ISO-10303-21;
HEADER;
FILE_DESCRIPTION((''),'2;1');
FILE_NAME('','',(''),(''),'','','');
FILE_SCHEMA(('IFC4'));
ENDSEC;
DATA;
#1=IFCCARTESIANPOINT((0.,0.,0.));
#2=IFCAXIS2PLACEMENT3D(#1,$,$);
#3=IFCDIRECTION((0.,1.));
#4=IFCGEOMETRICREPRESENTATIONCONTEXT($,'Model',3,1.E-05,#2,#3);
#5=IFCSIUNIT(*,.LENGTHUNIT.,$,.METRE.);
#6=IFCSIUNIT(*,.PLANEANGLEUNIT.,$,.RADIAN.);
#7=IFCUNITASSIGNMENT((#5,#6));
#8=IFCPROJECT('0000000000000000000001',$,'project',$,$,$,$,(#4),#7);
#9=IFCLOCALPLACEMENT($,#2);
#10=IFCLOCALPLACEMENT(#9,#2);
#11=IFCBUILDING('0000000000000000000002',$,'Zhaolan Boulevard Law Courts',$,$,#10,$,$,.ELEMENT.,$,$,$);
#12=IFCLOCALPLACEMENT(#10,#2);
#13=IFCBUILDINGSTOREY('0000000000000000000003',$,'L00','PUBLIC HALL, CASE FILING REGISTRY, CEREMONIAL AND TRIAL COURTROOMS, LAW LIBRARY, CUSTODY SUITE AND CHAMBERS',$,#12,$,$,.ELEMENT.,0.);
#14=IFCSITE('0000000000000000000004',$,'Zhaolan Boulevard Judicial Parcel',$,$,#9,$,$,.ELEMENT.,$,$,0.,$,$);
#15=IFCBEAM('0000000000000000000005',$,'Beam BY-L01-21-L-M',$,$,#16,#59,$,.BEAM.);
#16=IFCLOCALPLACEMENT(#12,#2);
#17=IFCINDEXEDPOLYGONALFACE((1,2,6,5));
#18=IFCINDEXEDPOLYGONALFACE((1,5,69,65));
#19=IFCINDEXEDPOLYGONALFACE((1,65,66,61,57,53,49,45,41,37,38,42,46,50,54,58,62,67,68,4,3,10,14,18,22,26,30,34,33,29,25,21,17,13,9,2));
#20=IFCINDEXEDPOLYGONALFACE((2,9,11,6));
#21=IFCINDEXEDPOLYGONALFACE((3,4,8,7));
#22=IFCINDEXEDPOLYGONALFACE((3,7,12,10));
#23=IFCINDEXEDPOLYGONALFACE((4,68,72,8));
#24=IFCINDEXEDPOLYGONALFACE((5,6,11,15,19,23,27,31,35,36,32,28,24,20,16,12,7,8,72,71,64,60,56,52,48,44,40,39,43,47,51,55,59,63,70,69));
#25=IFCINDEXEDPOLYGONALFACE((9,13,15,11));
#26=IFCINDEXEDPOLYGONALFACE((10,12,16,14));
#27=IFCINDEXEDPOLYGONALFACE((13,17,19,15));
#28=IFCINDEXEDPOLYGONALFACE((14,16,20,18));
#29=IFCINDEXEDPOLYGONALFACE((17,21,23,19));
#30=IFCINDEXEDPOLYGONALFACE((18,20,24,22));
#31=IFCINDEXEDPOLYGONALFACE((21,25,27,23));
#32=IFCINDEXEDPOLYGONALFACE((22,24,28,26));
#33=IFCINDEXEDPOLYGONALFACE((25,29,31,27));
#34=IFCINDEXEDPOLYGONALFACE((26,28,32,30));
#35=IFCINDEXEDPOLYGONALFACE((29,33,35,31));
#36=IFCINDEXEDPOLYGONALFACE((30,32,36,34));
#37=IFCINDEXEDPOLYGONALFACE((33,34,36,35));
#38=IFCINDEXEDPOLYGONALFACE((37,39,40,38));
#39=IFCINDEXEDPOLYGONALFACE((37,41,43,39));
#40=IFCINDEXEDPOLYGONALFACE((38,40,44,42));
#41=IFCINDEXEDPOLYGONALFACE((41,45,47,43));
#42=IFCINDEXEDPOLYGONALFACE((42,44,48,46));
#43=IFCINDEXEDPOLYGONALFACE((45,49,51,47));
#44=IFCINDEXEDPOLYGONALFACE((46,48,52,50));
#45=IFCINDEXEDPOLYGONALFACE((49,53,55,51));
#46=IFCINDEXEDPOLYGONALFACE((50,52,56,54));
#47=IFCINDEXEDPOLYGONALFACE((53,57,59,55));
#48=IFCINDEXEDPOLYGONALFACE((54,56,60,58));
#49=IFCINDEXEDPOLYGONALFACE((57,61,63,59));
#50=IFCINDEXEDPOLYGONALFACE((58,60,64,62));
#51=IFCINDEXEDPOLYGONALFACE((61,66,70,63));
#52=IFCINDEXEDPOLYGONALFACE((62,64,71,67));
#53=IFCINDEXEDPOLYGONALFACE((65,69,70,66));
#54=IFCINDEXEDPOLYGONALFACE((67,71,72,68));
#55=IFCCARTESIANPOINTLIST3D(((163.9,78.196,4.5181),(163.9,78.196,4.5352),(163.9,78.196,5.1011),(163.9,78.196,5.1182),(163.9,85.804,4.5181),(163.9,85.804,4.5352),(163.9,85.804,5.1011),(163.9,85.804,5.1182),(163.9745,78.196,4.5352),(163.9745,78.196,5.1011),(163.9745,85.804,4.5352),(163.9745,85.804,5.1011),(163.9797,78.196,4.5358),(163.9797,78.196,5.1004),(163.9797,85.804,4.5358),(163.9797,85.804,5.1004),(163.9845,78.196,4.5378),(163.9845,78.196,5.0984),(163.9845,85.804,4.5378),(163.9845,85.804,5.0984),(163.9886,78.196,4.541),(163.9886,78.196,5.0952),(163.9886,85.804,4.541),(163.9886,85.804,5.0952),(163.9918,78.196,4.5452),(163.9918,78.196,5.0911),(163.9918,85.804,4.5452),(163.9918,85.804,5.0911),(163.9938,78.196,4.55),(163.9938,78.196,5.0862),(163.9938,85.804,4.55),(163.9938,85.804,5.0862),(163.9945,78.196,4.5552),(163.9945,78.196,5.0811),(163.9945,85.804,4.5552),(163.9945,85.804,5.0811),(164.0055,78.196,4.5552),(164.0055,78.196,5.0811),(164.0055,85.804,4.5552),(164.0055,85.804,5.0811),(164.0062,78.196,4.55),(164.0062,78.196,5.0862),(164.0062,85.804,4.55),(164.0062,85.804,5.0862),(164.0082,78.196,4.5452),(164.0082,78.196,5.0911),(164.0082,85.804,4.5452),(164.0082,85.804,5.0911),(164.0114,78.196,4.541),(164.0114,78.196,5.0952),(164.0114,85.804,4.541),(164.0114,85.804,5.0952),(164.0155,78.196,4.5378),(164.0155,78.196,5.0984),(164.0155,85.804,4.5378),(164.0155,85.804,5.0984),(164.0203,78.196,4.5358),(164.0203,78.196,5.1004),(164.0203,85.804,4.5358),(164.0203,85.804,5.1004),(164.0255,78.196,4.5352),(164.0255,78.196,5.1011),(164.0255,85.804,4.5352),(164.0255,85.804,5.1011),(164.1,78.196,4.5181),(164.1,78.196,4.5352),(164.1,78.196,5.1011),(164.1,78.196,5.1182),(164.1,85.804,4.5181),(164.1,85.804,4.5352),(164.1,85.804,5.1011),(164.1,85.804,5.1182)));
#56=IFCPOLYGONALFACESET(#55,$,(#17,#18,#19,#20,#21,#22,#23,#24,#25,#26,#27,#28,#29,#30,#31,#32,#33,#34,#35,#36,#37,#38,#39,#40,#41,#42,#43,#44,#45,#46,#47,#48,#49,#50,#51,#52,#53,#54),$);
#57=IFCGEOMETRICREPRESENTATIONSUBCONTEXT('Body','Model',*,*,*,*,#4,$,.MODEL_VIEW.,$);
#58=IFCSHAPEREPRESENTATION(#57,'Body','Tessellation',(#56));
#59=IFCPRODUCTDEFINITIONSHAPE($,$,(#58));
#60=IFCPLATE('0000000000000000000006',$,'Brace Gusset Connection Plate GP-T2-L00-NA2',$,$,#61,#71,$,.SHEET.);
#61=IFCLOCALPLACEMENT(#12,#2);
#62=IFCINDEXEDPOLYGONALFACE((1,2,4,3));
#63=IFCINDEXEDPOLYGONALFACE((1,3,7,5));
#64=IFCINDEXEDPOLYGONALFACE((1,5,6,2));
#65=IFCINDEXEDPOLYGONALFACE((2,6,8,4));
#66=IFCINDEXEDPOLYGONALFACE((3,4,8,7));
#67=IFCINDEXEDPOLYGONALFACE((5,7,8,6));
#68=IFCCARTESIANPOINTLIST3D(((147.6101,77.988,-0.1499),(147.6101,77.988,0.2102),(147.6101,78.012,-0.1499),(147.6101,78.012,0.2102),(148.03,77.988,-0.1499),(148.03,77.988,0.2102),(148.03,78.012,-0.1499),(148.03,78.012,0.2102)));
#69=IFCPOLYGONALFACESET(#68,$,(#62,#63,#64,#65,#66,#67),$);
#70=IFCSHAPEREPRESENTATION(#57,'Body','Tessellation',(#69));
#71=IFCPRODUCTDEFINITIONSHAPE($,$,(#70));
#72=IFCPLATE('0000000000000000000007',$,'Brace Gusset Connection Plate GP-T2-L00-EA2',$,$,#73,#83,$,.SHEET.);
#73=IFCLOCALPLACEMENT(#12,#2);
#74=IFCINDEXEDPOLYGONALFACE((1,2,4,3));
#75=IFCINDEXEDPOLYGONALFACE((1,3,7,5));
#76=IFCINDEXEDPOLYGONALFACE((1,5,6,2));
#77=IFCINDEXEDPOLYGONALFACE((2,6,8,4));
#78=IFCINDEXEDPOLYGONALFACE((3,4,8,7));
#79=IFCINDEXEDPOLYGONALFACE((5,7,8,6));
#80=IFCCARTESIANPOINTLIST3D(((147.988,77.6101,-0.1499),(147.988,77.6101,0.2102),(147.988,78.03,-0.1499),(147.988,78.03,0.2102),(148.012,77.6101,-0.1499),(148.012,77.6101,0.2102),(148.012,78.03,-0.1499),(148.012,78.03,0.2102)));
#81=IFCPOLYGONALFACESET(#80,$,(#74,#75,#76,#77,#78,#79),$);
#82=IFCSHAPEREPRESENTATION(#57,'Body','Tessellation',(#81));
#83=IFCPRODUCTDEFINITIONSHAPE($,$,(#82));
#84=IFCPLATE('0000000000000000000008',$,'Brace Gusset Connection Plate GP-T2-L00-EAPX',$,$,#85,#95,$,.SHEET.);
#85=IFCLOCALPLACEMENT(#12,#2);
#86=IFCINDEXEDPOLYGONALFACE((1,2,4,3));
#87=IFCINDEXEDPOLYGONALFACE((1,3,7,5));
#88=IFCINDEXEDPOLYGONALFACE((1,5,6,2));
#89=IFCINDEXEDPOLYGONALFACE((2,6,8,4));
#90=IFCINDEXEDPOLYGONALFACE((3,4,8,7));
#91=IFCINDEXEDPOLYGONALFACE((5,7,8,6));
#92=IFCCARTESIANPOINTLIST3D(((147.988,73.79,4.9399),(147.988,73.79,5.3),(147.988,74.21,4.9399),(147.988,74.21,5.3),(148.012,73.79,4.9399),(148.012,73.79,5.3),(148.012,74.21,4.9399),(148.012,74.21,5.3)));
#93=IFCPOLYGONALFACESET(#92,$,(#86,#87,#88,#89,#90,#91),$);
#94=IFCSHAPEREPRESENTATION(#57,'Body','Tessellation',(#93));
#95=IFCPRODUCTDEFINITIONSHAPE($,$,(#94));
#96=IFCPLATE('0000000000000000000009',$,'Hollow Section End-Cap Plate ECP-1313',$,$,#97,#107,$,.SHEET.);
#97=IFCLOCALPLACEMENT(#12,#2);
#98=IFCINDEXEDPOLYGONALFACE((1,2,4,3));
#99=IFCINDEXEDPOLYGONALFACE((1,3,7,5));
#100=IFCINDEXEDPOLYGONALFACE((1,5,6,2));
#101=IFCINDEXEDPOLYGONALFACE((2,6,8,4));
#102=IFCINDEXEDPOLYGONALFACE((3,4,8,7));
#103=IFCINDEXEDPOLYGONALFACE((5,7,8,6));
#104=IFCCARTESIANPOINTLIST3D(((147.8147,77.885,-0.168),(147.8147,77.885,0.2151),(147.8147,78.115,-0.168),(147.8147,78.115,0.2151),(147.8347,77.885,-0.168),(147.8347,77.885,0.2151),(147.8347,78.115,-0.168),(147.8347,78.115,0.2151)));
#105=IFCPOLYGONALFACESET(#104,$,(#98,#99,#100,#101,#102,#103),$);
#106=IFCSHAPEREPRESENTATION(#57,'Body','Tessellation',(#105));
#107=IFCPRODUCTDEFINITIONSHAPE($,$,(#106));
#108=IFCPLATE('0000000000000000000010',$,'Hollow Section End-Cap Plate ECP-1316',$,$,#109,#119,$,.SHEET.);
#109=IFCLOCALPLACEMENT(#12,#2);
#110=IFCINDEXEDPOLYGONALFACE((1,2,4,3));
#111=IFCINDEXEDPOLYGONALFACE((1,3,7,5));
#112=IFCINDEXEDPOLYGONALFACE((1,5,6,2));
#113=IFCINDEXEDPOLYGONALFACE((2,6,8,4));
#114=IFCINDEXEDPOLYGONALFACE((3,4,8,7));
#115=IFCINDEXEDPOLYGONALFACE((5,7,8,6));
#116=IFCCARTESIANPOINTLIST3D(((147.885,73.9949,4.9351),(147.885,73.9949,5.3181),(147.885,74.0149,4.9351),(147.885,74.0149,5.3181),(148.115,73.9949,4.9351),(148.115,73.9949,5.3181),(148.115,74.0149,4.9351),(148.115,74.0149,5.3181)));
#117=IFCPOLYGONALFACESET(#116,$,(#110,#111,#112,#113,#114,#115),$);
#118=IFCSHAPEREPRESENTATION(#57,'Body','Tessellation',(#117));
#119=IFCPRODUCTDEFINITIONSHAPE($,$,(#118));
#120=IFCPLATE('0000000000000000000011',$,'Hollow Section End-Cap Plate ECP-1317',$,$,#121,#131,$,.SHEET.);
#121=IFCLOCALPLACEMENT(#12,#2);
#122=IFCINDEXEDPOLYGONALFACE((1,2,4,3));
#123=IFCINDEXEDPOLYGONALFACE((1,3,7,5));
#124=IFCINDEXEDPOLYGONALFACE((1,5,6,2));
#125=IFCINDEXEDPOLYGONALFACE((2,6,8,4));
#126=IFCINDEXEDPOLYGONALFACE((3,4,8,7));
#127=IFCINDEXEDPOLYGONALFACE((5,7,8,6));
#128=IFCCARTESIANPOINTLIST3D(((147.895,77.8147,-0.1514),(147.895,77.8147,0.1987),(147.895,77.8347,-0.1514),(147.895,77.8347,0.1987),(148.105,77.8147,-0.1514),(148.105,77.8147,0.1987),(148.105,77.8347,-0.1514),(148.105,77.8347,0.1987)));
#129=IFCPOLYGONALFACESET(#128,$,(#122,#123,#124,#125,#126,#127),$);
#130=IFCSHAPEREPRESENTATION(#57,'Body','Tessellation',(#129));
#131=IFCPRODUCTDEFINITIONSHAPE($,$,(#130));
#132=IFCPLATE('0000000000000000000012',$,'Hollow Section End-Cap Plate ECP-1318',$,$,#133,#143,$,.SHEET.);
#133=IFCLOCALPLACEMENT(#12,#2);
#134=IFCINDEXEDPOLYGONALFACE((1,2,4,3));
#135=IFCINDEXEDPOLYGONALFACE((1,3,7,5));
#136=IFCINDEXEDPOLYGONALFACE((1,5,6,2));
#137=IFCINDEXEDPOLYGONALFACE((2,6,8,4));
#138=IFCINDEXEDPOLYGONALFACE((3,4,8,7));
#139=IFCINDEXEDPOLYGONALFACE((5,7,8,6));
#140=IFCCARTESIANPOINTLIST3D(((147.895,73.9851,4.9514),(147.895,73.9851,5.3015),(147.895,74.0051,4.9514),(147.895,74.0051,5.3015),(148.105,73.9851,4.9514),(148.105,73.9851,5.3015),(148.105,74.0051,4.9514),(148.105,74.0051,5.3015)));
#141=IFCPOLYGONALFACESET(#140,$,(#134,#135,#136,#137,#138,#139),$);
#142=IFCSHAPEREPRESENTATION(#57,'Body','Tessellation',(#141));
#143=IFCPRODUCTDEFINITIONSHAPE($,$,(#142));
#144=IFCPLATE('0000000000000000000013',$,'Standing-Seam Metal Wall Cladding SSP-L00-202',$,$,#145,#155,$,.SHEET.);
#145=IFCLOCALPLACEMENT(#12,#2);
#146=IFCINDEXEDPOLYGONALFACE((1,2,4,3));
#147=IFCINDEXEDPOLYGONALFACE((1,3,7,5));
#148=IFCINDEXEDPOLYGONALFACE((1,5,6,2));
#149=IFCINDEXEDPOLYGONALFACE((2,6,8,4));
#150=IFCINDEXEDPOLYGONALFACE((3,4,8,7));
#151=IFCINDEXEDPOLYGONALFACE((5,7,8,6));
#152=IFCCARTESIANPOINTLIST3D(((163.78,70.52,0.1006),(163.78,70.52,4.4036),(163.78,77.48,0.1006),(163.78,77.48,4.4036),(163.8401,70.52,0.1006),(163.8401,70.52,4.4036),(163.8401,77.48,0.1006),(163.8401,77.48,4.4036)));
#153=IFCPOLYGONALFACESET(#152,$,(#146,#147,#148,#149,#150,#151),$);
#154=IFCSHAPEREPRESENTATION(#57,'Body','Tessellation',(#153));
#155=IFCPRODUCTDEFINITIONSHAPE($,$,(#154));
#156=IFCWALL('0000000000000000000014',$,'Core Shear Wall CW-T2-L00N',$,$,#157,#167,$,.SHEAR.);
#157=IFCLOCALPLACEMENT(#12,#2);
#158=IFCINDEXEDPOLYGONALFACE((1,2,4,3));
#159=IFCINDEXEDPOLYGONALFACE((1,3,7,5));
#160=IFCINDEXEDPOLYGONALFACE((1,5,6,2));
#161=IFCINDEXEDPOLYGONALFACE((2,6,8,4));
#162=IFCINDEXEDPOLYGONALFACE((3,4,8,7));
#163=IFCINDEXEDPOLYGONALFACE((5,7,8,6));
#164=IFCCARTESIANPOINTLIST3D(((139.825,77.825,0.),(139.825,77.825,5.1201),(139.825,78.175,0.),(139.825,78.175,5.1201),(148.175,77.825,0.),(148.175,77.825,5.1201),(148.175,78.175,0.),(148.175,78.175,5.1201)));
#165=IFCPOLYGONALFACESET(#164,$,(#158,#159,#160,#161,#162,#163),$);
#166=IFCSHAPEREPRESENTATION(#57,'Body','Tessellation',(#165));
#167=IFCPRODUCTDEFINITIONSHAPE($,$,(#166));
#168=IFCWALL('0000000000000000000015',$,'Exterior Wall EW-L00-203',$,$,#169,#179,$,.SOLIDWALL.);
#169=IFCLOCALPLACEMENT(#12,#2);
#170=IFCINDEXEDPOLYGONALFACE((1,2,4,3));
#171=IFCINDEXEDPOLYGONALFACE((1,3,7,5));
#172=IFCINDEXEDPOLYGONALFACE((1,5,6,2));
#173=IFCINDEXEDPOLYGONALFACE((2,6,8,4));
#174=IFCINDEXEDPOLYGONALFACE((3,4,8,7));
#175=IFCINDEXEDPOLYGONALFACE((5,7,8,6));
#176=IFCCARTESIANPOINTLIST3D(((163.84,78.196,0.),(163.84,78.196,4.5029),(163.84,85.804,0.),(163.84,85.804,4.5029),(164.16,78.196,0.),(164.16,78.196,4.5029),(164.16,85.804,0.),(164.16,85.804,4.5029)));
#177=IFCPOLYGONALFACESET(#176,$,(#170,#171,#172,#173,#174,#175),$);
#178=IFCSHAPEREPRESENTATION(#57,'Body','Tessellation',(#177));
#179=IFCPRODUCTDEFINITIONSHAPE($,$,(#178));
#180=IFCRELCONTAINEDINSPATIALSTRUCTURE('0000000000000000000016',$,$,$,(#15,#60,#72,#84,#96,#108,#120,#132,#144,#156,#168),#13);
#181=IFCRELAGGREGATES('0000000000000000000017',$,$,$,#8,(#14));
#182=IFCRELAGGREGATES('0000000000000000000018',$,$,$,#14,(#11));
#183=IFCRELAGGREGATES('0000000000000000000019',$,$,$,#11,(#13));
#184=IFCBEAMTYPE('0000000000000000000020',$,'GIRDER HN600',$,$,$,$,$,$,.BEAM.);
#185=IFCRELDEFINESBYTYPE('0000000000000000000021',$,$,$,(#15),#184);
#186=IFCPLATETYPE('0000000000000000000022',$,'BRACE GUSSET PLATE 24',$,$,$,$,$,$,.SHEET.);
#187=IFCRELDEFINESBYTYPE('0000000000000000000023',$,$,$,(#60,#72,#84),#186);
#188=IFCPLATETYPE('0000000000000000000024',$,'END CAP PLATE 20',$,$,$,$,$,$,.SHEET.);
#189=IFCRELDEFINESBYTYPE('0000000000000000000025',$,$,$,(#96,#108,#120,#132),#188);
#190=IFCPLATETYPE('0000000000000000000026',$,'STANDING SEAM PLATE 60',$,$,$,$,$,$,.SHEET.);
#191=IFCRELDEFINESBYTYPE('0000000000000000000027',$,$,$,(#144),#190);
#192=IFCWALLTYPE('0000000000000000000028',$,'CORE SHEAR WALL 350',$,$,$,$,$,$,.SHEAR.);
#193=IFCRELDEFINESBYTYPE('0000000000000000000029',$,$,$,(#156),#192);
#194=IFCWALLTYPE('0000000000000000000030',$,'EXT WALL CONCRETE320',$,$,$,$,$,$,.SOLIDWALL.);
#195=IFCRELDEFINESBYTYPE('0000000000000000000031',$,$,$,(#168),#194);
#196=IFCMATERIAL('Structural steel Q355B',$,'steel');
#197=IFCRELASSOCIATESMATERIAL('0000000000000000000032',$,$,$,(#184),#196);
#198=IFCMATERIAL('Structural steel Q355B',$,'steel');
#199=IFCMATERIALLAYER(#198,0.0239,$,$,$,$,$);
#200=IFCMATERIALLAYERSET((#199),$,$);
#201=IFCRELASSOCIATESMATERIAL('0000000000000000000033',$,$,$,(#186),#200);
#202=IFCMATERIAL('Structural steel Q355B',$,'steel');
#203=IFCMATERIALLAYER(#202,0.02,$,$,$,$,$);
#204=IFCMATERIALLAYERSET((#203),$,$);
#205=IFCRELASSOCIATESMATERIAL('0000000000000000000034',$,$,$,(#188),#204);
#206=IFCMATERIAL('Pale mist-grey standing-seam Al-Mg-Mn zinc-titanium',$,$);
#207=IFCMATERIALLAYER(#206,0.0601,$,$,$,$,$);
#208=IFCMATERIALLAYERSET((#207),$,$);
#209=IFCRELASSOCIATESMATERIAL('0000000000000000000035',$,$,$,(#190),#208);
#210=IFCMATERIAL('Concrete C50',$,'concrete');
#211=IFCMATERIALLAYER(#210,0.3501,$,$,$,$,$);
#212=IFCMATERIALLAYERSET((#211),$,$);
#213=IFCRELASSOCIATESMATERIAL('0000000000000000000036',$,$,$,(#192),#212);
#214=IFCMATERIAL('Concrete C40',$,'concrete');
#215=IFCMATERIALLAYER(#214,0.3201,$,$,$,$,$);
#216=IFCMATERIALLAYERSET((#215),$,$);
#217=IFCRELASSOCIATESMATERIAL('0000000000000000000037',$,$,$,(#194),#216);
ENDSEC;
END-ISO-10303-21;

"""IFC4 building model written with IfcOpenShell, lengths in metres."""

from ifc_helpers import new_model, si_unit, direction, frame, frame_2d, origin, origin_2d, place, context, subcontext, project, spatial, rectangle, i_section, extrude, material, layer, layer_set, material_profile, profile_set, type_object, element, save


model = new_model("IFC4")

# Units and contexts
model_context = context("Model", 3, precision=1e-05, world=origin(), true_north=direction((0.0, 1.0)))
body_context = subcontext(model_context, "Body", "Model", "MODEL_VIEW")
ifc_project = project(units=[si_unit("LENGTHUNIT", "METRE"), si_unit("PLANEANGLEUNIT", "RADIAN")], contexts=[model_context])

# Site, building, storey
site_placement = place(None, origin())
site = spatial("IfcSite", under=ifc_project, at=site_placement, Name="Zhaolan Boulevard Judicial Parcel", CompositionType="ELEMENT", RefElevation=0.0)
building_placement = place(site_placement, origin())
building = spatial("IfcBuilding", under=site, at=building_placement, Name="Zhaolan Boulevard Law Courts", CompositionType="ELEMENT")
storey_placement = place(building_placement, origin())
storey = spatial("IfcBuildingStorey", under=building, at=storey_placement, Name="L00", Description="PUBLIC HALL, CASE FILING REGISTRY, CEREMONIAL AND TRIAL COURTROOMS, LAW LIBRARY, CUSTODY SUITE AND CHAMBERS", CompositionType="ELEMENT", Elevation=0.0)

# Beam
ifc_material_1 = material(Name="Structural steel Q355B", Category="steel")
ifc_material_profile_1 = material_profile(ifc_material_1, i_section(OverallWidth=0.2, OverallDepth=0.6001, WebThickness=0.011, FlangeThickness=0.0171, FilletRadius=0.02, at=origin_2d()), Name="HN600x200")
ifc_profile_set_1 = profile_set([ifc_material_profile_1], Name="Structural steel Q355B")
beam_type = type_object("IfcBeamType", Name="GIRDER HN600", PredefinedType="BEAM", material=ifc_profile_set_1)
for number, where, z_axis, x_axis, name in (
    (1, (164.0, 78.196, 4.8181), (0.0, 1.0, 0.0), (-1.0, 0.0, 0.0), "Beam BY-L01-21-L-M"),
):
    element("IfcBeam", number, at=place(storey_placement, frame(where, z_axis=z_axis, x_axis=x_axis)), inside=storey, type_object=beam_type, Name=name, PredefinedType="BEAM", context=body_context, shape_type="SweptSolid", body=[
        extrude(i_section(OverallWidth=0.2, OverallDepth=0.6001, WebThickness=0.011, FlangeThickness=0.0171, FilletRadius=0.02, at=origin_2d()), origin(), (0.0, 0.0, 1.0), 7.6079),
    ])

# Plates
ifc_material_2 = material(Name="Structural steel Q355B", Category="steel")
ifc_layer_1 = layer(ifc_material_2, 0.0239)
ifc_layer_set_1 = layer_set([ifc_layer_1])
plate_type_1 = type_object("IfcPlateType", Name="BRACE GUSSET PLATE 24", PredefinedType="SHEET", material=ifc_layer_set_1)
for number, where, z_axis, x_axis, name in (
    (2, (147.8201, 78.0, -0.1499), (0.0, 0.0, 1.0), (1.0, 0.0, 0.0), "Brace Gusset Connection Plate GP-T2-L00-NA2"),
    (3, (148.0, 77.8201, -0.1499), (0.0, 0.0, 1.0), (0.0, 1.0, 0.0), "Brace Gusset Connection Plate GP-T2-L00-EA2"),
    (4, (148.0, 74.0, 4.9399), (0.0, 0.0, 1.0), (0.0, 1.0, 0.0), "Brace Gusset Connection Plate GP-T2-L00-EAPX"),
):
    element("IfcPlate", number, at=place(storey_placement, frame(where, z_axis=z_axis, x_axis=x_axis)), inside=storey, type_object=plate_type_1, Name=name, PredefinedType="SHEET", context=body_context, shape_type="SweptSolid", body=[
        extrude(rectangle(XDim=0.4199, YDim=0.0239, at=origin_2d()), origin(), (0.0, 0.0, 1.0), 0.3601),
    ])
ifc_material_3 = material(Name="Structural steel Q355B", Category="steel")
ifc_layer_2 = layer(ifc_material_3, 0.02)
ifc_layer_set_2 = layer_set([ifc_layer_2])
plate_type_2 = type_object("IfcPlateType", Name="END CAP PLATE 20", PredefinedType="SHEET", material=ifc_layer_set_2)
for number, where, z_axis, x_axis, name in (
    (5, (147.8247, 78.0, -0.168), (0.0, 0.0, 1.0), (-1.0, 0.0, 0.0), "Hollow Section End-Cap Plate ECP-1313"),
    (6, (148.0, 74.0049, 4.9351), (0.0, 0.0, 1.0), (0.0, 1.0, 0.0), "Hollow Section End-Cap Plate ECP-1316"),
):
    element("IfcPlate", number, at=place(storey_placement, frame(where, z_axis=z_axis, x_axis=x_axis)), inside=storey, type_object=plate_type_2, Name=name, PredefinedType="SHEET", context=body_context, shape_type="SweptSolid", body=[
        extrude(rectangle(XDim=0.02, YDim=0.23, at=origin_2d()), origin(), (0.0, 0.0, 1.0), 0.3831),
    ])
for number, where, z_axis, x_axis, name in (
    (7, (148.0, 77.8247, -0.1514), (0.0, 0.0, 1.0), (0.0, -1.0, 0.0), "Hollow Section End-Cap Plate ECP-1317"),
    (8, (148.0, 73.9951, 4.9514), (0.0, 0.0, 1.0), (0.0, -1.0, 0.0), "Hollow Section End-Cap Plate ECP-1318"),
):
    element("IfcPlate", number, at=place(storey_placement, frame(where, z_axis=z_axis, x_axis=x_axis)), inside=storey, type_object=plate_type_2, Name=name, PredefinedType="SHEET", context=body_context, shape_type="SweptSolid", body=[
        extrude(rectangle(XDim=0.02, YDim=0.21, at=origin_2d()), origin(), (0.0, 0.0, 1.0), 0.3501),
    ])
ifc_material_4 = material(Name="Pale mist-grey standing-seam Al-Mg-Mn zinc-titanium")
ifc_layer_3 = layer(ifc_material_4, 0.0601)
ifc_layer_set_3 = layer_set([ifc_layer_3])
plate_type_3 = type_object("IfcPlateType", Name="STANDING SEAM PLATE 60", PredefinedType="SHEET", material=ifc_layer_set_3)
plate_placement = place(storey_placement, frame((163.8101, 74.0, 0.1006), z_axis=(0.0, 0.0, 1.0), x_axis=(0.0, 1.0, 0.0)))
element("IfcPlate", 9, at=plate_placement, inside=storey, type_object=plate_type_3, Name="Standing-Seam Metal Wall Cladding SSP-L00-202", PredefinedType="SHEET", context=body_context, shape_type="SweptSolid", body=[
    extrude(rectangle(XDim=6.96, YDim=0.0601, at=origin_2d()), origin(), (0.0, 0.0, 1.0), 4.303),
])

# Walls
ifc_material_5 = material(Name="Concrete C50", Category="concrete")
ifc_layer_4 = layer(ifc_material_5, 0.3501)
ifc_layer_set_4 = layer_set([ifc_layer_4])
wall_type_1 = type_object("IfcWallType", Name="CORE SHEAR WALL 350", PredefinedType="SHEAR", material=ifc_layer_set_4)
wall_1_placement = place(storey_placement, frame((148.175, 78.0, 0.0), z_axis=(0.0, 0.0, 1.0), x_axis=(-1.0, 0.0, 0.0)))
element("IfcWall", 10, at=wall_1_placement, inside=storey, type_object=wall_type_1, Name="Core Shear Wall CW-T2-L00N", PredefinedType="SHEAR", context=body_context, shape_type="SweptSolid", body=[
    extrude(rectangle(XDim=8.3501, YDim=0.3501, at=frame_2d((4.175, 0.0))), origin(), (0.0, 0.0, 1.0), 5.1201),
])
ifc_material_6 = material(Name="Concrete C40", Category="concrete")
ifc_layer_5 = layer(ifc_material_6, 0.3201)
ifc_layer_set_5 = layer_set([ifc_layer_5])
wall_type_2 = type_object("IfcWallType", Name="EXT WALL CONCRETE320", PredefinedType="SOLIDWALL", material=ifc_layer_set_5)
wall_2_placement = place(storey_placement, frame((164.0, 78.196, 0.0), z_axis=(0.0, 0.0, 1.0), x_axis=(0.0, 1.0, 0.0)))
element("IfcWall", 11, at=wall_2_placement, inside=storey, type_object=wall_type_2, Name="Exterior Wall EW-L00-203", PredefinedType="SOLIDWALL", context=body_context, shape_type="SweptSolid", body=[
    extrude(rectangle(XDim=7.6079, YDim=0.3201, at=frame_2d((3.804, 0.0))), origin(), (0.0, 0.0, 1.0), 4.5029),
])

save(model, "model.ifc")
